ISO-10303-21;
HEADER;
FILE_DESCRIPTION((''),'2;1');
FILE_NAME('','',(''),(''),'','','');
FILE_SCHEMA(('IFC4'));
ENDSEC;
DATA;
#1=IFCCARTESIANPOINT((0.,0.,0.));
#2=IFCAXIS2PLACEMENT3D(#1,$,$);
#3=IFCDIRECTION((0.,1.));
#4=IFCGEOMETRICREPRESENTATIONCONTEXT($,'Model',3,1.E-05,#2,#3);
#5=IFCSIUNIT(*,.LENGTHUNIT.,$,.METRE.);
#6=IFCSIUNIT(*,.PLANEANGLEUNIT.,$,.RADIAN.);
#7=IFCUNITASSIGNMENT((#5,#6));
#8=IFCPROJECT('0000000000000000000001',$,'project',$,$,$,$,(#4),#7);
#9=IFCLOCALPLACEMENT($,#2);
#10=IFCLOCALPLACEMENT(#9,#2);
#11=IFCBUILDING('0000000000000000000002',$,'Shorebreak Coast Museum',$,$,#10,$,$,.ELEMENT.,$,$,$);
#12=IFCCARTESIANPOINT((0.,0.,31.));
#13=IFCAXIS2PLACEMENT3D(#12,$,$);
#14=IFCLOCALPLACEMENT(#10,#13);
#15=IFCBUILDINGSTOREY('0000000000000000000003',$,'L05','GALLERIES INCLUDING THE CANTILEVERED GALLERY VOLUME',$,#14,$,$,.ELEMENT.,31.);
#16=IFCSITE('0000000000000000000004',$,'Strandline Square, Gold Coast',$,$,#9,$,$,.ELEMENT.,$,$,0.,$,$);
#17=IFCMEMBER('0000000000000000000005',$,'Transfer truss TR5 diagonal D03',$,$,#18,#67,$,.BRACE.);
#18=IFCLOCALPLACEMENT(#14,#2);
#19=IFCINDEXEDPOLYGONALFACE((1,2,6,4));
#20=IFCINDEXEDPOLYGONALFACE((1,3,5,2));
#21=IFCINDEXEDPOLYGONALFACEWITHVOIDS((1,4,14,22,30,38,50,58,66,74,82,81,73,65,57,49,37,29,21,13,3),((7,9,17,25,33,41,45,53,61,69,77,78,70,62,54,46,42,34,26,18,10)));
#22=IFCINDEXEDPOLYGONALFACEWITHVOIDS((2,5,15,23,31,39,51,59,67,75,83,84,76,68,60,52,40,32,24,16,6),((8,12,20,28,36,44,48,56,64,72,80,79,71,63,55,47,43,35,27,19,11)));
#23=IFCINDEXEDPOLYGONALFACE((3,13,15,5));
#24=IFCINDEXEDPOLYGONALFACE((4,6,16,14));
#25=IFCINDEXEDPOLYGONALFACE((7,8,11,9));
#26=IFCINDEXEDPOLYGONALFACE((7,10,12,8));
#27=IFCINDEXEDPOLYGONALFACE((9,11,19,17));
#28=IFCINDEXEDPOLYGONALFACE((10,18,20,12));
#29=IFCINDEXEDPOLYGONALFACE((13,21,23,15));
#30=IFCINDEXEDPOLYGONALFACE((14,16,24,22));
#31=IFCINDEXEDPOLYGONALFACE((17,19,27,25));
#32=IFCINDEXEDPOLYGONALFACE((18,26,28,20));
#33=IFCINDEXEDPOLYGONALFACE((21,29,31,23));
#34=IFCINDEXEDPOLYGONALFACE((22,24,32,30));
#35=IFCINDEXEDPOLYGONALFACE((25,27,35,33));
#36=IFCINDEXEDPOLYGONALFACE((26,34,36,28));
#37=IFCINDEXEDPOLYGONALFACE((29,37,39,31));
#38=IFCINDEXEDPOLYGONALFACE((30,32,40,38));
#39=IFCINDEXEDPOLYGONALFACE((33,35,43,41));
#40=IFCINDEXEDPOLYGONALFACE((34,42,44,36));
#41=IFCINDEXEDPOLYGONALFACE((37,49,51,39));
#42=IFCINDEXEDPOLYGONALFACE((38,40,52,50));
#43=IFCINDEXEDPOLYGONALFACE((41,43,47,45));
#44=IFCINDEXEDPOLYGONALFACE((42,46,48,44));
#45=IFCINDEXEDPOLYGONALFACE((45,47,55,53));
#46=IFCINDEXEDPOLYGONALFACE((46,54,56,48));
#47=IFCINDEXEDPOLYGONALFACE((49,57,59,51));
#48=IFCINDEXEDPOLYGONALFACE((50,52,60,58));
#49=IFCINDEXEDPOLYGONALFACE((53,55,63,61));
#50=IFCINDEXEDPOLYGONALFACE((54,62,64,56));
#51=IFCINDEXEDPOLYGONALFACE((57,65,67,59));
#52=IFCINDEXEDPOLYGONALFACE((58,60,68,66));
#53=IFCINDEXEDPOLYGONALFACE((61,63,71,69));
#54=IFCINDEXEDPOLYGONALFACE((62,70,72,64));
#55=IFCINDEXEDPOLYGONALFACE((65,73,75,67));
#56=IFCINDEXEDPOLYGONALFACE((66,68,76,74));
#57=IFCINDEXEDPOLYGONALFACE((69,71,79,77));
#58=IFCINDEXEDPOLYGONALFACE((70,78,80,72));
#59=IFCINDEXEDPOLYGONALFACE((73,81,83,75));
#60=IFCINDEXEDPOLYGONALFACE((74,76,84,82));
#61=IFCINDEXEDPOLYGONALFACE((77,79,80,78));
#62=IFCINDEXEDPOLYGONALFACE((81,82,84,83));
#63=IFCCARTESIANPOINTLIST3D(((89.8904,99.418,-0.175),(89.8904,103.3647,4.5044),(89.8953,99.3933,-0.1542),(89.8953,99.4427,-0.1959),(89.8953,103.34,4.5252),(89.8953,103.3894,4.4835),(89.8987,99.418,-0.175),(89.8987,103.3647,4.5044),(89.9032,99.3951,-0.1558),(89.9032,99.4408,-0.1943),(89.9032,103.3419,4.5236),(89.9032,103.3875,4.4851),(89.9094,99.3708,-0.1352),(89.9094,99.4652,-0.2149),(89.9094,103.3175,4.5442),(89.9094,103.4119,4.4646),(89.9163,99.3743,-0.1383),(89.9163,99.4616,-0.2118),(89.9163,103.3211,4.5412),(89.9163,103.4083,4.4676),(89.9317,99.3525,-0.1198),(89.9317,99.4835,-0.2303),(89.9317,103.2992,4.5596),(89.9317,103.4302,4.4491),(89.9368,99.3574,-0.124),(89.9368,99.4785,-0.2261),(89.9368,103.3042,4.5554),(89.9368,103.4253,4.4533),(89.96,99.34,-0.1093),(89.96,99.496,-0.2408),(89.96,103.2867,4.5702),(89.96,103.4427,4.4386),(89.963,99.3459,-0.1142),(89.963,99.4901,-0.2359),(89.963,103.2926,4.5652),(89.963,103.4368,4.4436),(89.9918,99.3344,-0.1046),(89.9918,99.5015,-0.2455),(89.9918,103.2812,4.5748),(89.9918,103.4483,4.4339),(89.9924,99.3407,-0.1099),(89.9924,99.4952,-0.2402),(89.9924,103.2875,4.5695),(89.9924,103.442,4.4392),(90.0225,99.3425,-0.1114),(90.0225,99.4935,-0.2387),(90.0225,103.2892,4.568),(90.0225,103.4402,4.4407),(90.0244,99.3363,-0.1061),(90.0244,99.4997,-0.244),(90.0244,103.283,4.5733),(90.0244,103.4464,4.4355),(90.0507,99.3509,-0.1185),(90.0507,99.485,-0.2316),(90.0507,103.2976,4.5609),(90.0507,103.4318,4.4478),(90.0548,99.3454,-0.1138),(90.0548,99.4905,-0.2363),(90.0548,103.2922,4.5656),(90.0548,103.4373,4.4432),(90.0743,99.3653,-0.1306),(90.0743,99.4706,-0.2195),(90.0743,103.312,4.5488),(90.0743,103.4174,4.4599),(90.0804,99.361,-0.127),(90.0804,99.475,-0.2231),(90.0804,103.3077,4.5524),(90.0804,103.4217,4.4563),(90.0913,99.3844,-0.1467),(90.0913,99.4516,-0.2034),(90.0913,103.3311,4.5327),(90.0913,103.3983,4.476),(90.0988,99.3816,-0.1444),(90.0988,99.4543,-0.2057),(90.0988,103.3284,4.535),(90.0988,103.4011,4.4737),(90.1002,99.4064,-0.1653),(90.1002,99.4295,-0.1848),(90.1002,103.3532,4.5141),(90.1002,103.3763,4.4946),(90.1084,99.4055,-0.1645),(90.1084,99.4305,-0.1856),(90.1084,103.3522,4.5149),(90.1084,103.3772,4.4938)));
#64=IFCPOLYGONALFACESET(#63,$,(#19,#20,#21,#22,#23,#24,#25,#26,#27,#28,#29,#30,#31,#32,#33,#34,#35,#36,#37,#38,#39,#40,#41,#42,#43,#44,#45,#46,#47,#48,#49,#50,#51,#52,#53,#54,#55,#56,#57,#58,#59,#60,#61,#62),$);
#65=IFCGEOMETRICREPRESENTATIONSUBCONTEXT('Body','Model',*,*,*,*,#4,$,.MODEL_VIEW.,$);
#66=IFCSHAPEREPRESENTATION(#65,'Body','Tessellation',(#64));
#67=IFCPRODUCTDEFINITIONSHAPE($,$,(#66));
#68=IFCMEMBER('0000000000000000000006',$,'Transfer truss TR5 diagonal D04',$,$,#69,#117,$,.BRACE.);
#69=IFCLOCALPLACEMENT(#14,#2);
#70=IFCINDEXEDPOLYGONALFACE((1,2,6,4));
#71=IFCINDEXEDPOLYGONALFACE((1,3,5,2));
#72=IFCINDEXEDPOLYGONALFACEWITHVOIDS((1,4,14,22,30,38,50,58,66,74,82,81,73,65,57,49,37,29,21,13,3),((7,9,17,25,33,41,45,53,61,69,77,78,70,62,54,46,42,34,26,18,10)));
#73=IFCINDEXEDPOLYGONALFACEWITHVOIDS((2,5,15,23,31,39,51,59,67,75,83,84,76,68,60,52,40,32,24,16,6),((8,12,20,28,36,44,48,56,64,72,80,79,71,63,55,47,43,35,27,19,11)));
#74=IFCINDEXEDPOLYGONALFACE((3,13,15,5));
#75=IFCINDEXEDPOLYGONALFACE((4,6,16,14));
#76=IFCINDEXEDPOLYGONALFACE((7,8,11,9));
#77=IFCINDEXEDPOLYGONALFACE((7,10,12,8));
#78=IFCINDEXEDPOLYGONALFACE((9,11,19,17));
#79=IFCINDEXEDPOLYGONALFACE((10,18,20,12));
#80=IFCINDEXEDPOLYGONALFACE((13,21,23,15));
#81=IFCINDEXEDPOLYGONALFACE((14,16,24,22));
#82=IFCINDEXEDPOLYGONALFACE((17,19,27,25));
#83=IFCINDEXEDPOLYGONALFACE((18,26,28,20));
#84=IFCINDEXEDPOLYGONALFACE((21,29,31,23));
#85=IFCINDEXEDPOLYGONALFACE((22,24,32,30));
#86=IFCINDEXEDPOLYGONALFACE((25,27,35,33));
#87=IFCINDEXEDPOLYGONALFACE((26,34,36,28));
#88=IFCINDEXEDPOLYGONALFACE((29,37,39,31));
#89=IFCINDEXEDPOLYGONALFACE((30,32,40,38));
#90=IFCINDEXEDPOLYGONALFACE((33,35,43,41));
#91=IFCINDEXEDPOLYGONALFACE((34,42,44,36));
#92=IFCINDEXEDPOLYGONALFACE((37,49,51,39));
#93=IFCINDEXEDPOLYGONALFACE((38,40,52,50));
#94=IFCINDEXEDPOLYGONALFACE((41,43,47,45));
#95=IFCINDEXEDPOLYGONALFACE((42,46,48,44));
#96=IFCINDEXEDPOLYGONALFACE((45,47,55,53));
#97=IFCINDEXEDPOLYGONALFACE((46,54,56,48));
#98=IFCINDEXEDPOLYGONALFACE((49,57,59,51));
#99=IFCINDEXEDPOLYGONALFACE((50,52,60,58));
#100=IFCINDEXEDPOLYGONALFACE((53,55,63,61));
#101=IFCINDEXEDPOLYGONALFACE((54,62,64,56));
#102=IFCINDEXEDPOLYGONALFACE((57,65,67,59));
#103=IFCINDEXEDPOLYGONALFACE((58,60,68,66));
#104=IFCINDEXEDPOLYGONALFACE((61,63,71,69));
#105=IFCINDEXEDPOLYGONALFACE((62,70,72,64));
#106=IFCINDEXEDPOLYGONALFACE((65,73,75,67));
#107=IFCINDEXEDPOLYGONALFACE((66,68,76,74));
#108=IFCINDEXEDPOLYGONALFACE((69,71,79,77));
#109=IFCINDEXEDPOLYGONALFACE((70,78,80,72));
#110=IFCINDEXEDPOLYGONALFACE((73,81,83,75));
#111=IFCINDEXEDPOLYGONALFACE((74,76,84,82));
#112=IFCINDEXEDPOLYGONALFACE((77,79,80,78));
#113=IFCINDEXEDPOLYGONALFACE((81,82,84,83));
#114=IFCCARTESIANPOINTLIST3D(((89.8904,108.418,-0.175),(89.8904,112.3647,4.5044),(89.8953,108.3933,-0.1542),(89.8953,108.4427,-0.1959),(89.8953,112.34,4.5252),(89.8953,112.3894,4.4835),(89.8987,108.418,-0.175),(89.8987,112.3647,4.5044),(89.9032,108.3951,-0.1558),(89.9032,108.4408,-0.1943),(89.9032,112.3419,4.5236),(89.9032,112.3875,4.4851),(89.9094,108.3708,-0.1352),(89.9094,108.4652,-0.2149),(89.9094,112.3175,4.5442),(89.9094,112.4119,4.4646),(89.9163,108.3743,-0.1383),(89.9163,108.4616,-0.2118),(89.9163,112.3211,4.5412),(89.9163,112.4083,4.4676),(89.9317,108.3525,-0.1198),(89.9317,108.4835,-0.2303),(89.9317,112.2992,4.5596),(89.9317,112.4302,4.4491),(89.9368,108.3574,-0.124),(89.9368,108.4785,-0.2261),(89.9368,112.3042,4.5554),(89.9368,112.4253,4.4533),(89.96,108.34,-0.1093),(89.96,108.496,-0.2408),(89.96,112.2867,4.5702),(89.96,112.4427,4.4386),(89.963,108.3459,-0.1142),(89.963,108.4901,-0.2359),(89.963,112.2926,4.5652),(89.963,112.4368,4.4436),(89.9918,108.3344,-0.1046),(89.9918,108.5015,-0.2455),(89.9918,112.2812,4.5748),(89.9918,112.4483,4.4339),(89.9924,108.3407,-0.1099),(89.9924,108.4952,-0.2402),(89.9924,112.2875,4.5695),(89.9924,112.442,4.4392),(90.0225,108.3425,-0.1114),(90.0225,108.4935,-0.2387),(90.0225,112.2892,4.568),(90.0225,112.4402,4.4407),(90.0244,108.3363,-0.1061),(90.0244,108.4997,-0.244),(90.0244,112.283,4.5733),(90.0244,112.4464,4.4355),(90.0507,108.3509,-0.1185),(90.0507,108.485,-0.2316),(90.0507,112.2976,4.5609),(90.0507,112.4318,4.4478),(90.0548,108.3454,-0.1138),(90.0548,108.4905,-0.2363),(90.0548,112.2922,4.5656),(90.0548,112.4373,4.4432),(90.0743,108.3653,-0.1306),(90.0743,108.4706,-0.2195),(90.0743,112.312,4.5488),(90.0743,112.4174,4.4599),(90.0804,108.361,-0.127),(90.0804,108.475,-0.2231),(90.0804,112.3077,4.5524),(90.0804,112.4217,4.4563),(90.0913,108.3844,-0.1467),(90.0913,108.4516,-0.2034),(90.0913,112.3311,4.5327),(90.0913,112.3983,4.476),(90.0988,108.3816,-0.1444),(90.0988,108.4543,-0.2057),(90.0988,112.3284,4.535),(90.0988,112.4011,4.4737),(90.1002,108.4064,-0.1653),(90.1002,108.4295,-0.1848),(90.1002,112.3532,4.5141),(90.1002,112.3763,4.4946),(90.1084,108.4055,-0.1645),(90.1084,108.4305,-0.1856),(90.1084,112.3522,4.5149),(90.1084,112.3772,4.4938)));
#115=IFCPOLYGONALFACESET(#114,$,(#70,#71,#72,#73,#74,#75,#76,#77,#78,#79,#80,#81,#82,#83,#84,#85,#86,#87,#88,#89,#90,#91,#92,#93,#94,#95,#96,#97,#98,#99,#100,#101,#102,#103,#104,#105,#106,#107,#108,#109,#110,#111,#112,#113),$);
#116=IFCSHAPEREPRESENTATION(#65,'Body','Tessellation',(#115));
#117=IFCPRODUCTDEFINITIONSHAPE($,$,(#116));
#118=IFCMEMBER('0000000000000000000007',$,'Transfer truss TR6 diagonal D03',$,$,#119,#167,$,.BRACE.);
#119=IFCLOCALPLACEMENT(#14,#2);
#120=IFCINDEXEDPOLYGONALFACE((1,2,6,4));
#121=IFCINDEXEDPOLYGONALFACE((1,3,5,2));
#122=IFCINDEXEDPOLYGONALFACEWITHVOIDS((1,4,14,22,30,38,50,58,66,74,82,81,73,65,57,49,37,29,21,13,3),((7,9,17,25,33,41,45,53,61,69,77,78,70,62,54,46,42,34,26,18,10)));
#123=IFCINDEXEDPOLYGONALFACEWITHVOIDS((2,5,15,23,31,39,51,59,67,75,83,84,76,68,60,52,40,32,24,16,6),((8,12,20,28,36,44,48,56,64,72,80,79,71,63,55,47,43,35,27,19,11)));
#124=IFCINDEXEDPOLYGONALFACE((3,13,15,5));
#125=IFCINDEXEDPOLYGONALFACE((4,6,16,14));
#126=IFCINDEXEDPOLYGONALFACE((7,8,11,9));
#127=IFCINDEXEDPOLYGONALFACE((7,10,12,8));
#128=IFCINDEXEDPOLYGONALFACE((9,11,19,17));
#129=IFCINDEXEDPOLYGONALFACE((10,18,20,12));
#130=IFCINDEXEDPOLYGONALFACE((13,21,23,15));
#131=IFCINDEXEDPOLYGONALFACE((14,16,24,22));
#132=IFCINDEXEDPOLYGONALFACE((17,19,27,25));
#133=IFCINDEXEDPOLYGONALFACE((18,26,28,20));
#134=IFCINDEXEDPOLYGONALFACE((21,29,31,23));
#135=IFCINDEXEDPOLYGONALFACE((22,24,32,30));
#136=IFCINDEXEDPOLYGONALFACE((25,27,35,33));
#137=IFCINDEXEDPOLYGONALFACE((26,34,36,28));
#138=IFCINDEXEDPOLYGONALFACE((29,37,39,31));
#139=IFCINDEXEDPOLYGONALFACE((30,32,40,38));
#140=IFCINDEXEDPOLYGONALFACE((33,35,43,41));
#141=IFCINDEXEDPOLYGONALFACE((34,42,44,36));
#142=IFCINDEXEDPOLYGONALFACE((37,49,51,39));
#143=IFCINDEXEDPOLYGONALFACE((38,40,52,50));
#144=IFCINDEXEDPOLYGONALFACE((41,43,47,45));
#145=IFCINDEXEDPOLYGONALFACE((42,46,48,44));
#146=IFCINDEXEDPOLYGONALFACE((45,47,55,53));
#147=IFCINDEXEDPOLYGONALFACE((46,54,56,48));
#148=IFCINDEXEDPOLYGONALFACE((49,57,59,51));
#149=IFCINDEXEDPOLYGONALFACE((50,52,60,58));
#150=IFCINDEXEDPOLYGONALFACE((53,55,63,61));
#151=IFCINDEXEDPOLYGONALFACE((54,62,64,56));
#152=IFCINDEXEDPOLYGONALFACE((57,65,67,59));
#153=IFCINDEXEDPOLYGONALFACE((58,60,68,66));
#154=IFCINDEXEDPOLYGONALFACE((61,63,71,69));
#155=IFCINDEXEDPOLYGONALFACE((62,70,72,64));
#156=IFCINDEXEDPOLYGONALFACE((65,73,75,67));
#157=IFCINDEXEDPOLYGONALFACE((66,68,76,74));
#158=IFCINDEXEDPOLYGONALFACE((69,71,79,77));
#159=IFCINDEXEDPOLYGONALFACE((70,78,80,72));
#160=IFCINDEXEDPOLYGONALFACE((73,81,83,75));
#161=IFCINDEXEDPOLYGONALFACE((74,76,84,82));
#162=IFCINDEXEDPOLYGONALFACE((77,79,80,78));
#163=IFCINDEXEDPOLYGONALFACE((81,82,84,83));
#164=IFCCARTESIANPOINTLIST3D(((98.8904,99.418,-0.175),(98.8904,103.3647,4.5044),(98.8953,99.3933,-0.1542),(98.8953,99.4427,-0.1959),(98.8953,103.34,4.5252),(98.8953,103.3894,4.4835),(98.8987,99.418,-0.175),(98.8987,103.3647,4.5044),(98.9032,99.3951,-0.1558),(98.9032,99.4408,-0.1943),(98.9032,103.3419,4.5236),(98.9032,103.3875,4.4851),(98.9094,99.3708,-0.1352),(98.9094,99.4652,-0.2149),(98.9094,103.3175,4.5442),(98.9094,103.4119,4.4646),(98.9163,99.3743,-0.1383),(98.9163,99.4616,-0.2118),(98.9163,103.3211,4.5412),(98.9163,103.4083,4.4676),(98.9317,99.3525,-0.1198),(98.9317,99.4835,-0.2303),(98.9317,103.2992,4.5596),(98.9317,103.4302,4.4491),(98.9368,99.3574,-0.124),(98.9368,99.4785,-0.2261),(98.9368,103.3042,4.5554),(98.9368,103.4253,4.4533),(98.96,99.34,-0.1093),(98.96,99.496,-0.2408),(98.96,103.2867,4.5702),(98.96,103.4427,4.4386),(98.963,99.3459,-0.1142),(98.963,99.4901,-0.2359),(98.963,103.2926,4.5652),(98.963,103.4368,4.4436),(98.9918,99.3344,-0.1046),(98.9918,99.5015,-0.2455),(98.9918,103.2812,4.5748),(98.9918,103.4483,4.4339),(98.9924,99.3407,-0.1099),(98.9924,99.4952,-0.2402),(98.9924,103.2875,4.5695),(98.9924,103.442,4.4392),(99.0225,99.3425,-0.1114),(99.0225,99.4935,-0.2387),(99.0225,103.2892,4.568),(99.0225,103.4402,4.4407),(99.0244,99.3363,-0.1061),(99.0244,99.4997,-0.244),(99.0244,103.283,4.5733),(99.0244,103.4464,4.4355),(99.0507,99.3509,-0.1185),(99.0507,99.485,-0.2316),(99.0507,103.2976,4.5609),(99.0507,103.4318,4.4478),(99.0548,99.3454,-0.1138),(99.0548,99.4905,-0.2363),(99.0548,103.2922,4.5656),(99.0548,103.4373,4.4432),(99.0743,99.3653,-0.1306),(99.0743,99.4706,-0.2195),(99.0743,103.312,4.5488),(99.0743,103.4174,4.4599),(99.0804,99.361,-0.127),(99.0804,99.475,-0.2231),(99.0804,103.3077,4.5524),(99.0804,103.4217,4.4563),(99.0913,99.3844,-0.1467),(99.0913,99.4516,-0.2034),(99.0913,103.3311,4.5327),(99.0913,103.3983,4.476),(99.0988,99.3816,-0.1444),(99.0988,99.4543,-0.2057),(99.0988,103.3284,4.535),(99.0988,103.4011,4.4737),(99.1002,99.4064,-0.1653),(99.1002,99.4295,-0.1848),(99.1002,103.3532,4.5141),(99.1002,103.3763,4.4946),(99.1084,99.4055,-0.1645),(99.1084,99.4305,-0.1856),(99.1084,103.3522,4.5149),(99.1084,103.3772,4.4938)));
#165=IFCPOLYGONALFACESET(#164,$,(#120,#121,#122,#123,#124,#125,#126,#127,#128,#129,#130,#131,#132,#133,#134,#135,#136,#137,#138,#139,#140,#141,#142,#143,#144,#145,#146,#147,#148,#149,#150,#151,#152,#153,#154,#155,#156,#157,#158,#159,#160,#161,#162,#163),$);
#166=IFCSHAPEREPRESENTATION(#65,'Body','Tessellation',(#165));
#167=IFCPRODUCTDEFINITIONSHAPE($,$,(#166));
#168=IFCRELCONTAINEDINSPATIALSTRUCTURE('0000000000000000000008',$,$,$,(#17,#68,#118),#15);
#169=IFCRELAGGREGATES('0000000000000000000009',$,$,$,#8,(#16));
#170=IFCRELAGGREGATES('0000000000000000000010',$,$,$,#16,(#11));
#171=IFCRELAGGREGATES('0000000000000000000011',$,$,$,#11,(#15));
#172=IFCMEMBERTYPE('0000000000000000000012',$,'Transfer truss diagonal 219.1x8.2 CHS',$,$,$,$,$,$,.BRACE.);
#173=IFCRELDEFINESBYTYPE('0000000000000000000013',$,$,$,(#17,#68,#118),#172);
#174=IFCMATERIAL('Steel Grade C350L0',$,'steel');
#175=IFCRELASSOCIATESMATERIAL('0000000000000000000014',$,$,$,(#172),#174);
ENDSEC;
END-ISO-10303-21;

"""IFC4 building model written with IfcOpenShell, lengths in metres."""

from ifc_helpers import new_model, si_unit, direction, frame, origin, origin_2d, place, context, subcontext, project, spatial, hollow_circle, extrude, material, material_profile, profile_set, type_object, element, save


model = new_model("IFC4")

# Units and contexts
model_context = context("Model", 3, precision=1e-05, world=origin(), true_north=direction((0.0, 1.0)))
body_context = subcontext(model_context, "Body", "Model", "MODEL_VIEW")
ifc_project = project(units=[si_unit("LENGTHUNIT", "METRE"), si_unit("PLANEANGLEUNIT", "RADIAN")], contexts=[model_context])

# Site, building, storey
site_placement = place(None, origin())
site = spatial("IfcSite", under=ifc_project, at=site_placement, Name="Strandline Square, Gold Coast", CompositionType="ELEMENT", RefElevation=0.0)
building_placement = place(site_placement, origin())
building = spatial("IfcBuilding", under=site, at=building_placement, Name="Shorebreak Coast Museum", CompositionType="ELEMENT")
storey_placement = place(building_placement, frame((0.0, 0.0, 31.0)))
storey = spatial("IfcBuildingStorey", under=building, at=storey_placement, Name="L05", Description="GALLERIES INCLUDING THE CANTILEVERED GALLERY VOLUME", CompositionType="ELEMENT", Elevation=31.0)

# Members
ifc_material_1 = material(Name="Steel Grade C350L0", Category="steel")
ifc_material_profile_1 = material_profile(ifc_material_1, hollow_circle(Radius=0.1096, WallThickness=0.0083, at=origin_2d()), Name="219.1x8.2 CHS")
ifc_profile_set_1 = profile_set([ifc_material_profile_1], Name="Steel Grade C350L0")
member_type_1 = type_object("IfcMemberType", Name="Transfer truss diagonal 219.1x8.2 CHS", PredefinedType="BRACE", material=ifc_profile_set_1)
for number, where, z_axis, x_axis, name in (
    (1, (90.0, 99.418, -0.175), (0.0, 0.644728, 0.764412), (-1.0, 0.0, 0.0), "Transfer truss TR5 diagonal D03"),
    (2, (90.0, 108.418, -0.175), (0.0, 0.644728, 0.764412), (-1.0, 0.0, 0.0), "Transfer truss TR5 diagonal D04"),
    (3, (99.0, 99.418, -0.175), (0.0, 0.644728, 0.764412), (-1.0, 0.0, 0.0), "Transfer truss TR6 diagonal D03"),
):
    element("IfcMember", number, at=place(storey_placement, frame(where, z_axis=z_axis, x_axis=x_axis)), inside=storey, type_object=member_type_1, Name=name, PredefinedType="BRACE", context=body_context, shape_type="SweptSolid", body=[
        extrude(hollow_circle(Radius=0.1096, WallThickness=0.0083, at=origin_2d()), origin(), (0.0, 0.0, 1.0), 6.1216),
    ])

save(model, "model.ifc")
